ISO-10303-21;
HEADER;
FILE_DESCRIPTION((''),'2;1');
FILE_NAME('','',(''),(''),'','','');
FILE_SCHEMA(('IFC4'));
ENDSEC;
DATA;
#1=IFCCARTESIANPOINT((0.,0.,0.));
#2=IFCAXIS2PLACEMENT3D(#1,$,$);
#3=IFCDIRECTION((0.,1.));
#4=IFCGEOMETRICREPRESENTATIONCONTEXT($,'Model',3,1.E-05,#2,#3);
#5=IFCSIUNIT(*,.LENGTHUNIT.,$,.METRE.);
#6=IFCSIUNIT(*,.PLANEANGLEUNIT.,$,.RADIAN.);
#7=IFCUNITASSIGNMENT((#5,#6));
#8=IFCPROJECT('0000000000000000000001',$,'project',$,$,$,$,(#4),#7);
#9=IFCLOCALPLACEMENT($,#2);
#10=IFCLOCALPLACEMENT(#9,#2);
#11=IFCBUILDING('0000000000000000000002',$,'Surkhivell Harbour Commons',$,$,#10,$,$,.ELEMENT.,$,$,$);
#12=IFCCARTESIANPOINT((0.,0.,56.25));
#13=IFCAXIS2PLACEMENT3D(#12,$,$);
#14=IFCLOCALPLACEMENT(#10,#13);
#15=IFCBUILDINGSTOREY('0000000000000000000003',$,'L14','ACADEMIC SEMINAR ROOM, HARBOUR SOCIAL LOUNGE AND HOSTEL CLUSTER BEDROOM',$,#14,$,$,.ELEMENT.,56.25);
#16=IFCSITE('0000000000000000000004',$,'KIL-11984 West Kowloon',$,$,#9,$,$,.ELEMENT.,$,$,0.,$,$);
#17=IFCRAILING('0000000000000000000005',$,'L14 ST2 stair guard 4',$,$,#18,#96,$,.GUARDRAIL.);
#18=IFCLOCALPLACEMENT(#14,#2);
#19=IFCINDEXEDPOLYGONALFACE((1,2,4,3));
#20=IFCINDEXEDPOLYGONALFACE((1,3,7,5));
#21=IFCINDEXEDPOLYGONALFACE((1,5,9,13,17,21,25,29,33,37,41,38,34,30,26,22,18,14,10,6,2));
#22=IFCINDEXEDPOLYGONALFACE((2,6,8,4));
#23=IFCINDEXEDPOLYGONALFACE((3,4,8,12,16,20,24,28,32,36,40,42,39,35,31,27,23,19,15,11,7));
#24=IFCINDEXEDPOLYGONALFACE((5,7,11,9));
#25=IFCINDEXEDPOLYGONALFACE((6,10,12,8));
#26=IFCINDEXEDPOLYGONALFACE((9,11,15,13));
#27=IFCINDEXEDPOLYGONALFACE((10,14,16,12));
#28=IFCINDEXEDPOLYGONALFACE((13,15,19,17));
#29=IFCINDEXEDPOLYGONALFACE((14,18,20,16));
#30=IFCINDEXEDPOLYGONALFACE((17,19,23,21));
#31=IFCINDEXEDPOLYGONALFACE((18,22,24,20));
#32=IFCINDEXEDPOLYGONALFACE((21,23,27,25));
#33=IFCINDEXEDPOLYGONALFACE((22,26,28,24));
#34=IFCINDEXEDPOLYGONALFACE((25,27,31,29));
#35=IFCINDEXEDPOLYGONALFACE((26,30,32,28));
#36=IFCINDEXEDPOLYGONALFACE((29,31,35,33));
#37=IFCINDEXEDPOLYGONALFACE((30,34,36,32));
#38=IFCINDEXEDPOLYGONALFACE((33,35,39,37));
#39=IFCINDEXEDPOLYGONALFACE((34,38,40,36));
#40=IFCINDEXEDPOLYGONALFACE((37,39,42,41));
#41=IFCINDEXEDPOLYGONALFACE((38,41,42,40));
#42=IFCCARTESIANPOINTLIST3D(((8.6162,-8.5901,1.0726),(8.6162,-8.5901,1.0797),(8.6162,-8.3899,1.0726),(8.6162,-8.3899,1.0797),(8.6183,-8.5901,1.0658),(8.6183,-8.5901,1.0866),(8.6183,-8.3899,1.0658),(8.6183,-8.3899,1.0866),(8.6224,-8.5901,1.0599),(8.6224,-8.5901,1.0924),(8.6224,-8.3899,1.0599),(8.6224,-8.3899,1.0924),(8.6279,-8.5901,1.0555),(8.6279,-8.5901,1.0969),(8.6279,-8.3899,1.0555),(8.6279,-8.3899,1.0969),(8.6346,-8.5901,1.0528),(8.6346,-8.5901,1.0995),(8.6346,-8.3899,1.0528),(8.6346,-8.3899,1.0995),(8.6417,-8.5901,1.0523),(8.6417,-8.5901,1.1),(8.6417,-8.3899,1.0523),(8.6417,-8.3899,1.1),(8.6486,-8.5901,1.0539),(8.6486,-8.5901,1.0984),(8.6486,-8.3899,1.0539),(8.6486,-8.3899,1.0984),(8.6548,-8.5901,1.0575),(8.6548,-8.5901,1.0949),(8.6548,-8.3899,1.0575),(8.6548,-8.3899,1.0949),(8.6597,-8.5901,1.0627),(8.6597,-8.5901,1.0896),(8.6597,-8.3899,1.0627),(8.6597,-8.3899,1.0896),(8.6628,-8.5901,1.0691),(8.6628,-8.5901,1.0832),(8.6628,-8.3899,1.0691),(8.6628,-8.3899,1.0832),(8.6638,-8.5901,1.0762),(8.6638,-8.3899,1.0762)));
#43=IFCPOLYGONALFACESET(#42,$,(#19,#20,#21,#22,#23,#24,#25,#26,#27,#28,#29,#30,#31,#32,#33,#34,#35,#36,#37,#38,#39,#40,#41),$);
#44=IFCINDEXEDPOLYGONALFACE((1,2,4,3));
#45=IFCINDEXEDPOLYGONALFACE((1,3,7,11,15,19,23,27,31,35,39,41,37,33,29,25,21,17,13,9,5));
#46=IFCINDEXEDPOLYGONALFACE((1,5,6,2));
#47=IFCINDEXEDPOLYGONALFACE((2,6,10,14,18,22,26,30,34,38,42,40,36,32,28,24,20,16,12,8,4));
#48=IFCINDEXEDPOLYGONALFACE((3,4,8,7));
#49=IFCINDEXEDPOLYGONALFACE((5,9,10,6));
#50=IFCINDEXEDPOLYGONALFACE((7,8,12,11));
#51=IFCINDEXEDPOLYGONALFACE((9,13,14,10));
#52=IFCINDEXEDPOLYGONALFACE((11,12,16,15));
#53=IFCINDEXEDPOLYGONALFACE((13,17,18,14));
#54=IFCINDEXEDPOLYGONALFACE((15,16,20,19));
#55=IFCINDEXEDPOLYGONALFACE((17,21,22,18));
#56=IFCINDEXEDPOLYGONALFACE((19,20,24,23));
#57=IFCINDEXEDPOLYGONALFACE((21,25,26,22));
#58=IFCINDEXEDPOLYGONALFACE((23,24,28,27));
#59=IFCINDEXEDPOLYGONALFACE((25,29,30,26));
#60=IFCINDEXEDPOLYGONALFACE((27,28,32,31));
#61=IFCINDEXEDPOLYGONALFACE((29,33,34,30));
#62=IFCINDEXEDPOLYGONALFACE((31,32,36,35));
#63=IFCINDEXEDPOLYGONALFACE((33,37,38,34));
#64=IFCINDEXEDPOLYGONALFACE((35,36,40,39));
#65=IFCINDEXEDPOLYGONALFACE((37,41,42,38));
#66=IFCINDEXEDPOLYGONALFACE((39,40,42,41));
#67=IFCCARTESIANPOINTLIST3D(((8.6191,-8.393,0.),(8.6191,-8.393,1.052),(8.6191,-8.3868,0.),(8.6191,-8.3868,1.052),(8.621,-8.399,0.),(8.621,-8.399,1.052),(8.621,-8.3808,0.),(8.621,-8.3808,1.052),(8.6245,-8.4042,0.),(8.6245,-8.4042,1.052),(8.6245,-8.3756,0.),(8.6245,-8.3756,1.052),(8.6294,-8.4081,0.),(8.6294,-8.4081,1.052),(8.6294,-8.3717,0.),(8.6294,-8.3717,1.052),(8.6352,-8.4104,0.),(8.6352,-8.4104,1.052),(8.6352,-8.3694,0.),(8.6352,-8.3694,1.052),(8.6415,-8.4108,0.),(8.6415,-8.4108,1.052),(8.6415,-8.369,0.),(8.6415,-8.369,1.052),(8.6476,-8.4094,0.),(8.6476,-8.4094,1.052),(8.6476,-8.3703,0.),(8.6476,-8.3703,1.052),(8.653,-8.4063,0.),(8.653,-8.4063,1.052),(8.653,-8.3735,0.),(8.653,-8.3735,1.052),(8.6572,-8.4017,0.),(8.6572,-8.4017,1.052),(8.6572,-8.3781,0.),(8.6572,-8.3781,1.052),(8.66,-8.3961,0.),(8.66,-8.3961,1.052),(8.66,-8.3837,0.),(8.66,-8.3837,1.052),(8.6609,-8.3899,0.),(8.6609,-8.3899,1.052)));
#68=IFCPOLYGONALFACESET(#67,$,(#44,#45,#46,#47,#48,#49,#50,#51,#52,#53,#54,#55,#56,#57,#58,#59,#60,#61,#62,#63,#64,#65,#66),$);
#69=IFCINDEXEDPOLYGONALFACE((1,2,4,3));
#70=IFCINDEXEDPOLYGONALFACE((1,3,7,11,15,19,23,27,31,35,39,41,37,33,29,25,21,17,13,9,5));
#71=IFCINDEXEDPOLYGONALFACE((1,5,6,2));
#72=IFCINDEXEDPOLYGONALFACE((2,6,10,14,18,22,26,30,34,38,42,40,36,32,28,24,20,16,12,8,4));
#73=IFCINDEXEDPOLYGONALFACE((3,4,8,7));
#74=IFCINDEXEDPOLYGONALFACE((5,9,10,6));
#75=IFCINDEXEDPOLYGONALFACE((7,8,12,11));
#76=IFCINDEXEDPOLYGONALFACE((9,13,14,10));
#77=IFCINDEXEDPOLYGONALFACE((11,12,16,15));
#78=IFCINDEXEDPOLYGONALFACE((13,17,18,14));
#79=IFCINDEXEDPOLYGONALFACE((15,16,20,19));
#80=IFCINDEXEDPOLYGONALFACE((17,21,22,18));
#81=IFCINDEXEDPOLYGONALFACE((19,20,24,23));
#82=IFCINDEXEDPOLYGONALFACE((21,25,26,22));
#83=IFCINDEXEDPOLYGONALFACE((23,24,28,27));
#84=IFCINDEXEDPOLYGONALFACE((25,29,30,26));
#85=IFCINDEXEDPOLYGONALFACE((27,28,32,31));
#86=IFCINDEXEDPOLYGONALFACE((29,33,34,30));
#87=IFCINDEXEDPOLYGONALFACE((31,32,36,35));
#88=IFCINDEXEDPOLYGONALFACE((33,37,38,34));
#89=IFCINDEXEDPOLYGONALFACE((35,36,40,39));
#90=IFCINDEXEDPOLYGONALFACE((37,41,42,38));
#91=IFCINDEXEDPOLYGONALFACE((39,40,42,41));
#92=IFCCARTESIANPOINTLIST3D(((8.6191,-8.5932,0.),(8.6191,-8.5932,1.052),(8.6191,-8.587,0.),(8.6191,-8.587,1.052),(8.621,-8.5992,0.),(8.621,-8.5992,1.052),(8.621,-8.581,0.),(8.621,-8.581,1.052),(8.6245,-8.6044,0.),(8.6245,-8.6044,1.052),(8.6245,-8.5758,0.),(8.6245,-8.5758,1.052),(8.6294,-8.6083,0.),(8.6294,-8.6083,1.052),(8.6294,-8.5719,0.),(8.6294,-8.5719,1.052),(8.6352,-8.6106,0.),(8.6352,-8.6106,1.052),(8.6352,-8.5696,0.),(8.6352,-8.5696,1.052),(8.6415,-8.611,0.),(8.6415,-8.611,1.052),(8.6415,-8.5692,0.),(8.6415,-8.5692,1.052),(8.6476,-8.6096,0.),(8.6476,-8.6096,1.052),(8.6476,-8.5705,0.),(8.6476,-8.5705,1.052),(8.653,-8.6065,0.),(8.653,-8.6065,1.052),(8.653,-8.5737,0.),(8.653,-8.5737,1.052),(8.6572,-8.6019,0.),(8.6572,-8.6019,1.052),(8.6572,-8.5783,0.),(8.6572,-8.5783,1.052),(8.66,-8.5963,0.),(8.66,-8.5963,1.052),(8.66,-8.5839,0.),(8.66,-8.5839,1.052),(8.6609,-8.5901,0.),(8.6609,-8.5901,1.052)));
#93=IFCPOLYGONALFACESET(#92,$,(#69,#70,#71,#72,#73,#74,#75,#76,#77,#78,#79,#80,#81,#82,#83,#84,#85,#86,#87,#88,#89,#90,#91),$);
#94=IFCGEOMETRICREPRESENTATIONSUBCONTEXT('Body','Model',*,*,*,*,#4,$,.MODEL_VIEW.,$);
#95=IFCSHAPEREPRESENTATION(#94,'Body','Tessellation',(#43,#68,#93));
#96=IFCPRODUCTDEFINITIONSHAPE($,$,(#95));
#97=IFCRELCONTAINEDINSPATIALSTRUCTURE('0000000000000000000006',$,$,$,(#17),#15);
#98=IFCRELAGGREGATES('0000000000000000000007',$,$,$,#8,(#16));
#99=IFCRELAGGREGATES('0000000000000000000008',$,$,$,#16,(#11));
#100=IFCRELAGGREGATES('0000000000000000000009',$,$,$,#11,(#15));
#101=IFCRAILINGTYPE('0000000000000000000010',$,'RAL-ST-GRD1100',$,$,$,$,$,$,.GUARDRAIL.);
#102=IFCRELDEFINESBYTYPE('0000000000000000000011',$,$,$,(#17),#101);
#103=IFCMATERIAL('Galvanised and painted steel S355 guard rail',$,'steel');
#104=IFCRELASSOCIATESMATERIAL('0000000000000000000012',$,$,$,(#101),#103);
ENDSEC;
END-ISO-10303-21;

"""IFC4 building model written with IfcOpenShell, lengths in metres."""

from ifc_helpers import new_model, si_unit, direction, frame, origin, origin_2d, place, context, subcontext, project, spatial, circle, extrude, material, type_object, element, save


model = new_model("IFC4")

# Units and contexts
model_context = context("Model", 3, precision=1e-05, world=origin(), true_north=direction((0.0, 1.0)))
body_context = subcontext(model_context, "Body", "Model", "MODEL_VIEW")
ifc_project = project(units=[si_unit("LENGTHUNIT", "METRE"), si_unit("PLANEANGLEUNIT", "RADIAN")], contexts=[model_context])

# Site, building, storey
site_placement = place(None, origin())
site = spatial("IfcSite", under=ifc_project, at=site_placement, Name="KIL-11984 West Kowloon", CompositionType="ELEMENT", RefElevation=0.0)
building_placement = place(site_placement, origin())
building = spatial("IfcBuilding", under=site, at=building_placement, Name="Surkhivell Harbour Commons", CompositionType="ELEMENT")
storey_placement = place(building_placement, frame((0.0, 0.0, 56.25)))
storey = spatial("IfcBuildingStorey", under=building, at=storey_placement, Name="L14", Description="ACADEMIC SEMINAR ROOM, HARBOUR SOCIAL LOUNGE AND HOSTEL CLUSTER BEDROOM", CompositionType="ELEMENT", Elevation=56.25)

# Railing
ifc_material_1 = material(Name="Galvanised and painted steel S355 guard rail", Category="steel")
railing_type_1 = type_object("IfcRailingType", Name="RAL-ST-GRD1100", PredefinedType="GUARDRAIL", material=ifc_material_1)
railing_1_placement = place(storey_placement, frame((8.6399, -8.3899, 0.0)))
element("IfcRailing", 1, at=railing_1_placement, inside=storey, type_object=railing_type_1, Name="L14 ST2 stair guard 4", PredefinedType="GUARDRAIL", context=body_context, shape_type="SweptSolid", body=[
    extrude(circle(Radius=0.0239, at=origin_2d()), frame((0.0, 0.0, 1.0762), z_axis=(0.0, -1.0, 0.0), x_axis=(1.0, 0.0, 0.0)), (0.0, 0.0, 1.0), 0.2002),
    extrude(circle(Radius=0.021, at=origin_2d()), origin(), (0.0, 0.0, 1.0), 1.052),
    extrude(circle(Radius=0.021, at=origin_2d()), frame((0.0, -0.2002, 0.0)), (0.0, 0.0, 1.0), 1.052),
])

save(model, "model.ifc")
